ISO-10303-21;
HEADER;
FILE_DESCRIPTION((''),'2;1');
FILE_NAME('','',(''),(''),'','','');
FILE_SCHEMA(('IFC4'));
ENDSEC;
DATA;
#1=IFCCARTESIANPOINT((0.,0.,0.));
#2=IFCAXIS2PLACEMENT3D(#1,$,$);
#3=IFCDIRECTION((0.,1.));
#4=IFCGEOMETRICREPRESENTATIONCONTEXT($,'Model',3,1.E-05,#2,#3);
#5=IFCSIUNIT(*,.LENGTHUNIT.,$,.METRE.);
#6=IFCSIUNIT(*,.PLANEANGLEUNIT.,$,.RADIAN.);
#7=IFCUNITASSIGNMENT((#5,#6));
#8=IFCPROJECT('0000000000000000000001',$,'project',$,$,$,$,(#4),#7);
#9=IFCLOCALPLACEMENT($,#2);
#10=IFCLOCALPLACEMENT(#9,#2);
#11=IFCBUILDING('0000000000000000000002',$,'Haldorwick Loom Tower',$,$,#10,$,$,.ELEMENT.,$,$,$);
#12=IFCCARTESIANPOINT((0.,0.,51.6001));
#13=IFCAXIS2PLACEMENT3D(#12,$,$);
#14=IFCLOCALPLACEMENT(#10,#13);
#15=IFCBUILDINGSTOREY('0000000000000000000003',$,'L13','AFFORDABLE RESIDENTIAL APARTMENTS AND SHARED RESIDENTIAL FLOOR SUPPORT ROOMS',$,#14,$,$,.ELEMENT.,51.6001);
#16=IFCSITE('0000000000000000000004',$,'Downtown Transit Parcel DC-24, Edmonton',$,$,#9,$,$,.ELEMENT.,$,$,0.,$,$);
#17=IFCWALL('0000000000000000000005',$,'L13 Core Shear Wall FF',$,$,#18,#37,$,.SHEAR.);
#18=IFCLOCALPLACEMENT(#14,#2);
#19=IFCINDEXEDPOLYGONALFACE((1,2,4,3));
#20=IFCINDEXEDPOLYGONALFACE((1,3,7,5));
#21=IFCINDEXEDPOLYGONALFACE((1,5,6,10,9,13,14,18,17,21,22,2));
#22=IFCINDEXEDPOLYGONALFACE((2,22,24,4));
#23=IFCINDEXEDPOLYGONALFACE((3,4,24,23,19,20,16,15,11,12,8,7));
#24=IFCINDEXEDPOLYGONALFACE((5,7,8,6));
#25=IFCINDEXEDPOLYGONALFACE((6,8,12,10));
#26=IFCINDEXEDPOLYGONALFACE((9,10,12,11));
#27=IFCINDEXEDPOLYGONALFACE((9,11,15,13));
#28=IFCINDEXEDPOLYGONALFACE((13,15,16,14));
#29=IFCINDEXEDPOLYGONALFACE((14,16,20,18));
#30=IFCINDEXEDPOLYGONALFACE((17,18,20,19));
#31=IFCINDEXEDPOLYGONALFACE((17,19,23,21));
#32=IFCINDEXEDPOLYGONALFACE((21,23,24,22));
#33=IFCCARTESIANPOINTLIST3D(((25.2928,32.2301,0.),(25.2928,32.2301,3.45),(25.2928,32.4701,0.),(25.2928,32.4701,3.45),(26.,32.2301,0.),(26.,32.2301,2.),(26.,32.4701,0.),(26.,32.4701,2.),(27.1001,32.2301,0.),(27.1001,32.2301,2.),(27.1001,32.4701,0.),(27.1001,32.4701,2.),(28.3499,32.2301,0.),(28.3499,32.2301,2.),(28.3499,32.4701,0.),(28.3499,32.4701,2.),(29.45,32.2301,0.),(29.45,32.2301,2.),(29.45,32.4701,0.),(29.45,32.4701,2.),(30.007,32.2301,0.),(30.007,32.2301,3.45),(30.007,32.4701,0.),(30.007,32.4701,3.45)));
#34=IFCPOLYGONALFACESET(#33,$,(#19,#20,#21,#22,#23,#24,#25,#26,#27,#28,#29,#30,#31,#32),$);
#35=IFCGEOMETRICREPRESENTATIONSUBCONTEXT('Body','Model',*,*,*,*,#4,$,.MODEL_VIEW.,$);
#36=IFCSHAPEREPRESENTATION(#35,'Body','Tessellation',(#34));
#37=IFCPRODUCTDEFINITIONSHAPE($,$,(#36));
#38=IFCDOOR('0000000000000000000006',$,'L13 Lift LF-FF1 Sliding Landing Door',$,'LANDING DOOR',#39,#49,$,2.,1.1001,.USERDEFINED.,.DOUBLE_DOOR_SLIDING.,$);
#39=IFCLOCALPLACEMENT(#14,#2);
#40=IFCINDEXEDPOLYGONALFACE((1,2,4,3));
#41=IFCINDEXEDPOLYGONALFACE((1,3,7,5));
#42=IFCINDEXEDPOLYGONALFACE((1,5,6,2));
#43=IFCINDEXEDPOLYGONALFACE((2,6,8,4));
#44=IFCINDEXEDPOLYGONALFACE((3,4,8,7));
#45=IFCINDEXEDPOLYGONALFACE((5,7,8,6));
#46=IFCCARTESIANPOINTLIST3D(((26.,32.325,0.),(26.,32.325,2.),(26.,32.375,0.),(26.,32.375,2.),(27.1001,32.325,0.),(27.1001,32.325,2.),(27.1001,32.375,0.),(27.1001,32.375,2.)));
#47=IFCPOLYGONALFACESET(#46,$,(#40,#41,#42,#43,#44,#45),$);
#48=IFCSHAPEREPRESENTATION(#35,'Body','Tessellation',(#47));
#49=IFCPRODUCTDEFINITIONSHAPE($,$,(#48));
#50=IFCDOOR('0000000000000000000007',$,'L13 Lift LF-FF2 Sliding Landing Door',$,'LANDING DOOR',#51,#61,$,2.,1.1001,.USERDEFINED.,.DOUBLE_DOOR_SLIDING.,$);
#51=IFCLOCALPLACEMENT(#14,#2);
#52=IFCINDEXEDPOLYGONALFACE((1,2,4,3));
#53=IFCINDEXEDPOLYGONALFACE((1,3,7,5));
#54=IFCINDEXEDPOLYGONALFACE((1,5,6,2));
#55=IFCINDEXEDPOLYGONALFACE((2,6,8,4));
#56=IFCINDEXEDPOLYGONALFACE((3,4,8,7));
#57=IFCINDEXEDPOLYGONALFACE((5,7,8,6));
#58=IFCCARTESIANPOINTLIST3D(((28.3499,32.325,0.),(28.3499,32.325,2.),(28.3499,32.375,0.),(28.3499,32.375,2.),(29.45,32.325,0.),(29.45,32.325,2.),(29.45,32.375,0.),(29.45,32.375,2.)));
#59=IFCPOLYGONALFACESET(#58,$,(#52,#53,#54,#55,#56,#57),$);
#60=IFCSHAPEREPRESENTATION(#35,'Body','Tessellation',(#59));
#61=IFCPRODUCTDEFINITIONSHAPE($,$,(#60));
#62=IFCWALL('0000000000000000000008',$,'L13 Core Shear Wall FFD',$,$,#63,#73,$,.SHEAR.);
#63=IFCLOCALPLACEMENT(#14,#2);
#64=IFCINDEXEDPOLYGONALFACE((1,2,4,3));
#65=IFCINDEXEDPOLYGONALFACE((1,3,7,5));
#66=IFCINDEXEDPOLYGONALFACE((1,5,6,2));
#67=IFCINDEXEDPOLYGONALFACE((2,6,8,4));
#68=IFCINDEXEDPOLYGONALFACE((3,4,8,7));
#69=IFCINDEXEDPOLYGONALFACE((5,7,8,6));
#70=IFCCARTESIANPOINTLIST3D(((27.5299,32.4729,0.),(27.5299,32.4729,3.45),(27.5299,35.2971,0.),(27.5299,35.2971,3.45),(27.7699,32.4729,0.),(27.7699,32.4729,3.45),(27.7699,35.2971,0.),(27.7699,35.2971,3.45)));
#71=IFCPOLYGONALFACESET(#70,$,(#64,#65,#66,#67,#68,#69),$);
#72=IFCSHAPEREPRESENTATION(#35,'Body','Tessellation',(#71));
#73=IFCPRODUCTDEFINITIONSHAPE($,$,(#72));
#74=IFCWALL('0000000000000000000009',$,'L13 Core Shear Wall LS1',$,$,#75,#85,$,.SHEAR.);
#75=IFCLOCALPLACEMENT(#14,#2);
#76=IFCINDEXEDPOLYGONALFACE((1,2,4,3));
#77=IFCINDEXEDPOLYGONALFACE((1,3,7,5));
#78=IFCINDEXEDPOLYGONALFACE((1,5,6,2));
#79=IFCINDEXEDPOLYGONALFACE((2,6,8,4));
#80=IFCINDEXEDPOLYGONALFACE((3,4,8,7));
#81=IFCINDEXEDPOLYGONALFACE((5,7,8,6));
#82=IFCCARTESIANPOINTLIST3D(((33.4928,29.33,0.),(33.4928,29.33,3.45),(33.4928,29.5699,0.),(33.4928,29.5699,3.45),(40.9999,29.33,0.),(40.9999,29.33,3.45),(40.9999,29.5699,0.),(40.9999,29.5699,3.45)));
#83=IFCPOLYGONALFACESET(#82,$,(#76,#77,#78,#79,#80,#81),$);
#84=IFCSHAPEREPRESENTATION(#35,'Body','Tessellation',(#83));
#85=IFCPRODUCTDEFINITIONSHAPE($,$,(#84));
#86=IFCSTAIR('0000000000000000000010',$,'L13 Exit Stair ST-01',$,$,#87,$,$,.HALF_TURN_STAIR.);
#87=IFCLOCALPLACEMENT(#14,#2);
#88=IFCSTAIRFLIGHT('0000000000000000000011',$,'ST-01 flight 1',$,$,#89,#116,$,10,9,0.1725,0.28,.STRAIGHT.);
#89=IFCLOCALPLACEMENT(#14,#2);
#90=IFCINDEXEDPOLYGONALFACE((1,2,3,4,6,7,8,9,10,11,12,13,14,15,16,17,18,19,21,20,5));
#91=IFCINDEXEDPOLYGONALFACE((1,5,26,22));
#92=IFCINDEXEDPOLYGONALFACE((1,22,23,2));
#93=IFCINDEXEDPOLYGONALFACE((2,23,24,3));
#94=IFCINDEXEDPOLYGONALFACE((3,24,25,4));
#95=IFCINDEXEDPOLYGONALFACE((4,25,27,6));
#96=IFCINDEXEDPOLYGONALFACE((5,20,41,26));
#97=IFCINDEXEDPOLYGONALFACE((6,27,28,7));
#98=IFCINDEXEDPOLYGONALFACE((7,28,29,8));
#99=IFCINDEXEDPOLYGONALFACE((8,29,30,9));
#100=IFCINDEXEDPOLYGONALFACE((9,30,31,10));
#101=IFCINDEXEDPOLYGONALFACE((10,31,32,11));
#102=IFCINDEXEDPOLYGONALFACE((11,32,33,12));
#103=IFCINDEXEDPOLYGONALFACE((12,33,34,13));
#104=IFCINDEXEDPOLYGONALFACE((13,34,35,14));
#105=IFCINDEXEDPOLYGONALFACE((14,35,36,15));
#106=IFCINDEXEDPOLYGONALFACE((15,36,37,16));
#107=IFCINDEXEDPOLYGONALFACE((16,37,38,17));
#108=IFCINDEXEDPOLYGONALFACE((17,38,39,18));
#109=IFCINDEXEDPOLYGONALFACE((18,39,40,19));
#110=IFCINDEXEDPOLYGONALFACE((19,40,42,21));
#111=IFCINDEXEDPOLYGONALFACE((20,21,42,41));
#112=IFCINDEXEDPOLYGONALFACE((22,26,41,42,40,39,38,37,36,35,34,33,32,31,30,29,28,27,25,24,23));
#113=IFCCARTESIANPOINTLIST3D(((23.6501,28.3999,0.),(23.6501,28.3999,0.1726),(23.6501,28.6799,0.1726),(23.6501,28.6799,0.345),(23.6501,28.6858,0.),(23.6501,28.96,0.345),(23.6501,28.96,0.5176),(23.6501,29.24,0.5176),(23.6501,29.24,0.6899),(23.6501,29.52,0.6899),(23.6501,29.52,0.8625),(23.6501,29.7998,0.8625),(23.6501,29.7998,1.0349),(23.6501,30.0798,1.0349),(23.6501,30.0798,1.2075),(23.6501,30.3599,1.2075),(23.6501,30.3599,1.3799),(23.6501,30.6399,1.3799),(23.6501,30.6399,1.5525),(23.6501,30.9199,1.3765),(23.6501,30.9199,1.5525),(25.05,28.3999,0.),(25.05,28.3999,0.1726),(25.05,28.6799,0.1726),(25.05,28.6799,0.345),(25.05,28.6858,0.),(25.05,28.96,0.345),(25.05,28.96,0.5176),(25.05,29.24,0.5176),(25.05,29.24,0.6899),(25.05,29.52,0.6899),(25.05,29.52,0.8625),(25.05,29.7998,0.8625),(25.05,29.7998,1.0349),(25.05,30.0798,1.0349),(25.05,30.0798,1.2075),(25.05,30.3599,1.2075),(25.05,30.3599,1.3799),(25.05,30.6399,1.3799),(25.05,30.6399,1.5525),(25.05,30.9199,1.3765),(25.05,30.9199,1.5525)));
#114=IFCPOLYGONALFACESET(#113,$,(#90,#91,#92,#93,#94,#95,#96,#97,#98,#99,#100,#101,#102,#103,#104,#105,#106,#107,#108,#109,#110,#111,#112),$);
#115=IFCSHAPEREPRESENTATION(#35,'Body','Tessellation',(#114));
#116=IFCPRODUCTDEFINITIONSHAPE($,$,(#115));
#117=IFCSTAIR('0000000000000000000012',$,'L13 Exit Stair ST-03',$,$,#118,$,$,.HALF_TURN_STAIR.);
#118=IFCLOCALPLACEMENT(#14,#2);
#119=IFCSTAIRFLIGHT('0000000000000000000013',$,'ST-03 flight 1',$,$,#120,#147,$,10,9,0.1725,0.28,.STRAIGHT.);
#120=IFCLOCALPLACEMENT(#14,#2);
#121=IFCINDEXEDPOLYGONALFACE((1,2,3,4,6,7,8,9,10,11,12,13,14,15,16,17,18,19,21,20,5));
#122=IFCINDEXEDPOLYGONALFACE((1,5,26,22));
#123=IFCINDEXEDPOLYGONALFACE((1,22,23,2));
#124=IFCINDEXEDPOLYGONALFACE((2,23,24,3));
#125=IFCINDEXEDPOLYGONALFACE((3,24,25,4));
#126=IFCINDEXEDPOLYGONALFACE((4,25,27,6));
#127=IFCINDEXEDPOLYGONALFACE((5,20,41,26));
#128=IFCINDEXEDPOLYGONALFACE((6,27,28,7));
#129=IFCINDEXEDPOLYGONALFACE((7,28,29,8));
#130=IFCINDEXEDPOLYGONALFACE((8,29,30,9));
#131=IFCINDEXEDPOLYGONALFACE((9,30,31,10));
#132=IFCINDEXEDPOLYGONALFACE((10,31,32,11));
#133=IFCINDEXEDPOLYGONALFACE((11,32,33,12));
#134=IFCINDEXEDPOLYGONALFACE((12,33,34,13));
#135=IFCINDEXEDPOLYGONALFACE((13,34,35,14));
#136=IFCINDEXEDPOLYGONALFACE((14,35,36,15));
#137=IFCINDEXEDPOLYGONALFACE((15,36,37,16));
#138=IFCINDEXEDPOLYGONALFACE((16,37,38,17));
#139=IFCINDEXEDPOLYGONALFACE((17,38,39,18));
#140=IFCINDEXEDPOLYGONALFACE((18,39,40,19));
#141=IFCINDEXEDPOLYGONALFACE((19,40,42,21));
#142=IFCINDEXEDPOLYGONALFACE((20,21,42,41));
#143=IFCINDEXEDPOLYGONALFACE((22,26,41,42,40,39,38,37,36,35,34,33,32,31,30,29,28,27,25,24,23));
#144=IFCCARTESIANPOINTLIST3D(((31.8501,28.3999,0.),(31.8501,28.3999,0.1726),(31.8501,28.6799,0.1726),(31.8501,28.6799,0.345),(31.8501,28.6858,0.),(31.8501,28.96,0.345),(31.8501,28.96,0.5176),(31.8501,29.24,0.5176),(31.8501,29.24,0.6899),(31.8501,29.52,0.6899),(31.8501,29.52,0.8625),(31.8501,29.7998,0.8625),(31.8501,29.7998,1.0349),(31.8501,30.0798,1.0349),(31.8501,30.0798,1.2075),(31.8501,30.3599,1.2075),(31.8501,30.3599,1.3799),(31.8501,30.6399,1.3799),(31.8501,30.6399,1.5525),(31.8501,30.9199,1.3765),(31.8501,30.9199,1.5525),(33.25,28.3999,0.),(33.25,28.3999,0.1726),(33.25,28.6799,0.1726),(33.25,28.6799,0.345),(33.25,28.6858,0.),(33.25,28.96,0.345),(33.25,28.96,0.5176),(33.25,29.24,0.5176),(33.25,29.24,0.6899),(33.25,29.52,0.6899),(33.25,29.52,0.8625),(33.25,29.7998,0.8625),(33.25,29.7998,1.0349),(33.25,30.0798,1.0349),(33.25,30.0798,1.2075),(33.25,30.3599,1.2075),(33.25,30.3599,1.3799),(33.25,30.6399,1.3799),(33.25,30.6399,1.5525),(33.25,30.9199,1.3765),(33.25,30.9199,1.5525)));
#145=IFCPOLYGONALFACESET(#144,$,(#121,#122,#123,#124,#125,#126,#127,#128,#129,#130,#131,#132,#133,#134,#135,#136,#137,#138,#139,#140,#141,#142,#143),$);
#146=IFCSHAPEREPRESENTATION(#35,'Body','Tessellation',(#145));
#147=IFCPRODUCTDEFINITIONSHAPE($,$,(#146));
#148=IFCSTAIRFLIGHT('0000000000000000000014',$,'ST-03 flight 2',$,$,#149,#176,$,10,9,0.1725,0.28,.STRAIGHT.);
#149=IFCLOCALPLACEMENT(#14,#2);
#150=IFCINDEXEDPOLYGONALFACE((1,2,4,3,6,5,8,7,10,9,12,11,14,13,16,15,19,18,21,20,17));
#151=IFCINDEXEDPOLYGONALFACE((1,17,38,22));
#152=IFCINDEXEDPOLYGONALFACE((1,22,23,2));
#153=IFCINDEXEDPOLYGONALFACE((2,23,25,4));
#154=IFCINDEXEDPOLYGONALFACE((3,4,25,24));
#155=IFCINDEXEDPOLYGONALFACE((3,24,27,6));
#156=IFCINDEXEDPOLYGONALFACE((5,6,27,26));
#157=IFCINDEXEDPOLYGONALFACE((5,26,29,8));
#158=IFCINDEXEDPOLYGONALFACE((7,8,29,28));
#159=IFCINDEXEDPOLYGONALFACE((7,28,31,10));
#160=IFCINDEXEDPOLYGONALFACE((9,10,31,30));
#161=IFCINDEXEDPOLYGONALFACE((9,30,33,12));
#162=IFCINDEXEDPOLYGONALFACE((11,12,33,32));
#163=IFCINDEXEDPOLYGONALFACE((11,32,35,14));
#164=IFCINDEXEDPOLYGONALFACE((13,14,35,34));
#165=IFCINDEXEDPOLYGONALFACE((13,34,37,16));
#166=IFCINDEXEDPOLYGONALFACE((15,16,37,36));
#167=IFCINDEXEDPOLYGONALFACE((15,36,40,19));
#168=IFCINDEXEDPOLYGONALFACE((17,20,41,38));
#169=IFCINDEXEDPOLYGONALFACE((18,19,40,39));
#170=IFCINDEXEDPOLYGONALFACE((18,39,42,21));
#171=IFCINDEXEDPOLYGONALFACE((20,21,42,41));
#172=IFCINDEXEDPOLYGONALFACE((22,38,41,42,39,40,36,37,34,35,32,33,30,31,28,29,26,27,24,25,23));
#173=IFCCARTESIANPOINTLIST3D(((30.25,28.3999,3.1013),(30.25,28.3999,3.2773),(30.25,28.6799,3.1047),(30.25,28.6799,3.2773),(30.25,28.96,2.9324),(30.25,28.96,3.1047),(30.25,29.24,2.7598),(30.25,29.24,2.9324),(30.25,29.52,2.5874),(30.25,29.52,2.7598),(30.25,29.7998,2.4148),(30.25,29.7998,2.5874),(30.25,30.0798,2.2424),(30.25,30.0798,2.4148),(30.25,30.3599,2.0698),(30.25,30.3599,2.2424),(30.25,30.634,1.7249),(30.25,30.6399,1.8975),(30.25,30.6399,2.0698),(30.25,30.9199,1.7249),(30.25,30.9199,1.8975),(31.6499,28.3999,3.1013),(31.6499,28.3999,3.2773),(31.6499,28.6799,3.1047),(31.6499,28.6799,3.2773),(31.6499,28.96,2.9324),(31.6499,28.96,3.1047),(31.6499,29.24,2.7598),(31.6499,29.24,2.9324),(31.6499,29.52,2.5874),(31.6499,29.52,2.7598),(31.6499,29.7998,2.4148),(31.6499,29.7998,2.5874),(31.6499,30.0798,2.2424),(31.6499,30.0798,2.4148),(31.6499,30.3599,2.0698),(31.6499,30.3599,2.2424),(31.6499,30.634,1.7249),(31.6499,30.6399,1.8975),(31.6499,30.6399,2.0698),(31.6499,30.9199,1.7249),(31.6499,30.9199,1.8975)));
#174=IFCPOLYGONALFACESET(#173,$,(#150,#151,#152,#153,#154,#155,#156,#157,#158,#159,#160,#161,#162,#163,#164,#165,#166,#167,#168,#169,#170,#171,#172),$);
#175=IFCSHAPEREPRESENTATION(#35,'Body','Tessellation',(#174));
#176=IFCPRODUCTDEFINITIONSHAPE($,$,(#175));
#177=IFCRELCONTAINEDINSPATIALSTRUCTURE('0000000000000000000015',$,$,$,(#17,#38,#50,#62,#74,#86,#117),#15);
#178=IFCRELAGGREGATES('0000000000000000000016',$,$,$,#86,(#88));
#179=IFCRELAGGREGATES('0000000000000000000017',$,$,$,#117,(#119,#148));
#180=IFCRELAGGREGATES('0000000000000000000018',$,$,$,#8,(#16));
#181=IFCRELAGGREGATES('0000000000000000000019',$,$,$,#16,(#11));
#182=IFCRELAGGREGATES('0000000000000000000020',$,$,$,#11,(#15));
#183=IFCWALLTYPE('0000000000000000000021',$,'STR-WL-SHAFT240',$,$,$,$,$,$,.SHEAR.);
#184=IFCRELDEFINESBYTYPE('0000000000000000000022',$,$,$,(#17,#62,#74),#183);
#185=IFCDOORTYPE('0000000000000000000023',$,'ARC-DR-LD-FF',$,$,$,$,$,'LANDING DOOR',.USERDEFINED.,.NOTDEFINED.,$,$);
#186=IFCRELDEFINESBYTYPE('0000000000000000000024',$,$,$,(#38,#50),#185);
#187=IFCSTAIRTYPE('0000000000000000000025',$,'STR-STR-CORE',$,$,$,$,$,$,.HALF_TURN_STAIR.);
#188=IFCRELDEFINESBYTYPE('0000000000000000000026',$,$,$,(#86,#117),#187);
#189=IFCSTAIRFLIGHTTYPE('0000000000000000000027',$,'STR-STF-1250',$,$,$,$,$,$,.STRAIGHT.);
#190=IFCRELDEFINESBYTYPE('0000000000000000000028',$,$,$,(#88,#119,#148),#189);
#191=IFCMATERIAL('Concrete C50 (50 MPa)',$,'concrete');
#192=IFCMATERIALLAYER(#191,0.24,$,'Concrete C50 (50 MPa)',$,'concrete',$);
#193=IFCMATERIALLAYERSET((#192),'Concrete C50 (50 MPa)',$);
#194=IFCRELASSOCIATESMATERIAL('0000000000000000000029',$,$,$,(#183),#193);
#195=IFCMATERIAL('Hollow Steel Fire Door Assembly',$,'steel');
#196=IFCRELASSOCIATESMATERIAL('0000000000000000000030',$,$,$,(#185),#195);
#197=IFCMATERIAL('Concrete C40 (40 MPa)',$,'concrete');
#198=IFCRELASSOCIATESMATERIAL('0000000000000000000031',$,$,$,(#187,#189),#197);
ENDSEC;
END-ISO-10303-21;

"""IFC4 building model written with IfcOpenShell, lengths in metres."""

from ifc_helpers import new_model, si_unit, direction, frame, frame_2d, origin, place, context, subcontext, project, spatial, polyline, rectangle, outline, extrude, material, layer, layer_set, type_object, element, fill, aggregate, save


model = new_model("IFC4")

# Units and contexts
model_context = context("Model", 3, precision=1e-05, world=origin(), true_north=direction((0.0, 1.0)))
body_context = subcontext(model_context, "Body", "Model", "MODEL_VIEW")
ifc_project = project(units=[si_unit("LENGTHUNIT", "METRE"), si_unit("PLANEANGLEUNIT", "RADIAN")], contexts=[model_context])

# Site, building, storey
site_placement = place(None, origin())
site = spatial("IfcSite", under=ifc_project, at=site_placement, Name="Downtown Transit Parcel DC-24, Edmonton", CompositionType="ELEMENT", RefElevation=0.0)
building_placement = place(site_placement, origin())
building = spatial("IfcBuilding", under=site, at=building_placement, Name="Haldorwick Loom Tower", CompositionType="ELEMENT")
storey_placement = place(building_placement, frame((0.0, 0.0, 51.6001)))
storey = spatial("IfcBuildingStorey", under=building, at=storey_placement, Name="L13", Description="AFFORDABLE RESIDENTIAL APARTMENTS AND SHARED RESIDENTIAL FLOOR SUPPORT ROOMS", CompositionType="ELEMENT", Elevation=51.6001)

# Shared definitions
ifc_material_1 = material(Name="Concrete C50 (50 MPa)", Category="concrete")
ifc_layer = layer(ifc_material_1, 0.24, Name="Concrete C50 (50 MPa)", Category="concrete")
ifc_layer_set = layer_set([ifc_layer], Name="Concrete C50 (50 MPa)")
wall_type = type_object("IfcWallType", Name="STR-WL-SHAFT240", PredefinedType="SHEAR", material=ifc_layer_set)

# Wall, openings, doors
wall_1_placement = place(storey_placement, frame((25.293, 32.3501, 0.0), z_axis=(0.0, 0.0, 1.0), x_axis=(1.0, 0.0, 0.0)))
wall_1 = element("IfcWall", 1, at=wall_1_placement, inside=storey, type_object=wall_type, Name="L13 Core Shear Wall FF", PredefinedType="SHEAR", context=body_context, shape_type="SweptSolid", body=[
    extrude(rectangle(XDim=4.7141, YDim=0.24, at=frame_2d((2.3569, 0.0))), origin(), (0.0, 0.0, 1.0), 3.45),
])
opening_1_placement = place(wall_1_placement, frame((0.707, 0.0, 0.0)))
opening_1 = element("IfcOpeningElement", 2, at=opening_1_placement, cuts=wall_1, PredefinedType="OPENING", context=body_context, shape_type="SweptSolid", body=[
    extrude(rectangle(XDim=1.1001, YDim=2.0, at=frame_2d((0.55, 1.0))), frame((0.0, 0.1299, 0.0), z_axis=(0.0, -1.0, 0.0), x_axis=(1.0, 0.0, 0.0)), (0.0, 0.0, 1.0), 0.26),
])
opening_2_placement = place(wall_1_placement, frame((3.0569, 0.0, 0.0)))
opening_2 = element("IfcOpeningElement", 3, at=opening_2_placement, cuts=wall_1, PredefinedType="OPENING", context=body_context, shape_type="SweptSolid", body=[
    extrude(rectangle(XDim=1.1001, YDim=2.0, at=frame_2d((0.55, 1.0))), frame((0.0, 0.1299, 0.0), z_axis=(0.0, -1.0, 0.0), x_axis=(1.0, 0.0, 0.0)), (0.0, 0.0, 1.0), 0.26),
])
ifc_material_2 = material(Name="Hollow Steel Fire Door Assembly", Category="steel")
door_type = type_object("IfcDoorType", Name="ARC-DR-LD-FF", ElementType="LANDING DOOR", OperationType="NOTDEFINED", PredefinedType="USERDEFINED", material=ifc_material_2)
door_1_placement = place(opening_1_placement, origin())
door_1 = element("IfcDoor", 4, at=door_1_placement, inside=storey, type_object=door_type, Name="L13 Lift LF-FF1 Sliding Landing Door", ObjectType="LANDING DOOR", OperationType="DOUBLE_DOOR_SLIDING", OverallHeight=2.0, OverallWidth=1.1001, PredefinedType="USERDEFINED", context=body_context, shape_type="SweptSolid", body=[
    extrude(rectangle(XDim=1.1001, YDim=2.0, at=frame_2d((0.55, 1.0))), frame((0.0, 0.0249, 0.0), z_axis=(0.0, -1.0, 0.0), x_axis=(1.0, 0.0, 0.0)), (0.0, 0.0, 1.0), 0.05),
])
fill(opening_1, door_1)
door_2_placement = place(opening_2_placement, origin())
door_2 = element("IfcDoor", 5, at=door_2_placement, inside=storey, type_object=door_type, Name="L13 Lift LF-FF2 Sliding Landing Door", ObjectType="LANDING DOOR", OperationType="DOUBLE_DOOR_SLIDING", OverallHeight=2.0, OverallWidth=1.1001, PredefinedType="USERDEFINED", context=body_context, shape_type="SweptSolid", body=[
    extrude(rectangle(XDim=1.1001, YDim=2.0, at=frame_2d((0.55, 1.0))), frame((0.0, 0.0249, 0.0), z_axis=(0.0, -1.0, 0.0), x_axis=(1.0, 0.0, 0.0)), (0.0, 0.0, 1.0), 0.05),
])
fill(opening_2, door_2)

# Walls
wall_2_placement = place(storey_placement, frame((27.6499, 32.4729, 0.0), z_axis=(0.0, 0.0, 1.0), x_axis=(0.0, 1.0, 0.0)))
element("IfcWall", 6, at=wall_2_placement, inside=storey, type_object=wall_type, Name="L13 Core Shear Wall FFD", PredefinedType="SHEAR", context=body_context, shape_type="SweptSolid", body=[
    extrude(rectangle(XDim=2.8242, YDim=0.24, at=frame_2d((1.4121, 0.0))), origin(), (0.0, 0.0, 1.0), 3.45),
])
wall_3_placement = place(storey_placement, frame((33.4929, 29.45, 0.0), z_axis=(0.0, 0.0, 1.0), x_axis=(1.0, 0.0, 0.0)))
element("IfcWall", 7, at=wall_3_placement, inside=storey, type_object=wall_type, Name="L13 Core Shear Wall LS1", PredefinedType="SHEAR", context=body_context, shape_type="SweptSolid", body=[
    extrude(rectangle(XDim=7.5071, YDim=0.24, at=frame_2d((3.7534, 0.0))), origin(), (0.0, 0.0, 1.0), 3.45),
])

# Stair, stair flight
ifc_material_3 = material(Name="Concrete C40 (40 MPa)", Category="concrete")
stair_type = type_object("IfcStairType", Name="STR-STR-CORE", PredefinedType="HALF_TURN_STAIR", material=ifc_material_3)
stair_1_placement = place(storey_placement, origin())
stair_1 = element("IfcStair", 8, at=stair_1_placement, inside=storey, type_object=stair_type, Name="L13 Exit Stair ST-01", PredefinedType="HALF_TURN_STAIR")
stair_flight_type = type_object("IfcStairFlightType", Name="STR-STF-1250", PredefinedType="STRAIGHT", material=ifc_material_3)
stair_flight_1_placement = place(storey_placement, frame((24.3501, 28.3999, 0.0), z_axis=(0.0, 0.0, 1.0), x_axis=(0.0, 1.0, 0.0)))
stair_flight_1 = element("IfcStairFlight", 9, at=stair_flight_1_placement, type_object=stair_flight_type, Name="ST-01 flight 1", NumberOfRisers=10, NumberOfTreads=9, PredefinedType="STRAIGHT", RiserHeight=0.1725, TreadLength=0.28, context=body_context, shape_type="SweptSolid", body=[
    extrude(outline(polyline([(0.0, 0.0), (0.0, 0.1726), (0.28, 0.1726), (0.28, 0.345), (0.5601, 0.345), (0.5601, 0.5176), (0.8401, 0.5176), (0.8401, 0.6899), (1.1201, 0.6899), (1.1201, 0.8625), (1.3999, 0.8625), (1.3999, 1.0349), (1.6799, 1.0349), (1.6799, 1.2075), (1.96, 1.2075), (1.96, 1.3799), (2.24, 1.3799), (2.24, 1.5525), (2.52, 1.5525), (2.52, 1.7251), (2.52, 1.3765), (0.2859, 0.0), (0.0, 0.0)])), frame((0.0, 0.7, 0.0), z_axis=(0.0, -1.0, 0.0), x_axis=(1.0, 0.0, 0.0)), (0.0, 0.0, 1.0), 1.3999),
])
aggregate(stair_1, [stair_flight_1])

# Stair, stair flights
stair_2_placement = place(storey_placement, origin())
stair_2 = element("IfcStair", 10, at=stair_2_placement, inside=storey, type_object=stair_type, Name="L13 Exit Stair ST-03", PredefinedType="HALF_TURN_STAIR")
stair_flight_2_placement = place(storey_placement, frame((32.55, 28.3999, 0.0), z_axis=(0.0, 0.0, 1.0), x_axis=(0.0, 1.0, 0.0)))
stair_flight_2 = element("IfcStairFlight", 11, at=stair_flight_2_placement, type_object=stair_flight_type, Name="ST-03 flight 1", NumberOfRisers=10, NumberOfTreads=9, PredefinedType="STRAIGHT", RiserHeight=0.1725, TreadLength=0.28, context=body_context, shape_type="SweptSolid", body=[
    extrude(outline(polyline([(0.0, 0.0), (0.0, 0.1726), (0.28, 0.1726), (0.28, 0.345), (0.5601, 0.345), (0.5601, 0.5176), (0.8401, 0.5176), (0.8401, 0.6899), (1.1201, 0.6899), (1.1201, 0.8625), (1.3999, 0.8625), (1.3999, 1.0349), (1.6799, 1.0349), (1.6799, 1.2075), (1.96, 1.2075), (1.96, 1.3799), (2.24, 1.3799), (2.24, 1.5525), (2.52, 1.5525), (2.52, 1.7251), (2.52, 1.3765), (0.2859, 0.0), (0.0, 0.0)])), frame((0.0, 0.7, 0.0), z_axis=(0.0, -1.0, 0.0), x_axis=(1.0, 0.0, 0.0)), (0.0, 0.0, 1.0), 1.3999),
])
stair_flight_3_placement = place(storey_placement, frame((30.95, 30.9199, 1.7249), z_axis=(0.0, 0.0, 1.0), x_axis=(0.0, -1.0, 0.0)))
stair_flight_3 = element("IfcStairFlight", 12, at=stair_flight_3_placement, type_object=stair_flight_type, Name="ST-03 flight 2", NumberOfRisers=10, NumberOfTreads=9, PredefinedType="STRAIGHT", RiserHeight=0.1725, TreadLength=0.28, context=body_context, shape_type="SweptSolid", body=[
    extrude(outline(polyline([(0.0, 0.0), (0.0, 0.1726), (0.28, 0.1726), (0.28, 0.345), (0.5601, 0.345), (0.5601, 0.5176), (0.8401, 0.5176), (0.8401, 0.6899), (1.1201, 0.6899), (1.1201, 0.8625), (1.3999, 0.8625), (1.3999, 1.0349), (1.6799, 1.0349), (1.6799, 1.2075), (1.96, 1.2075), (1.96, 1.3799), (2.24, 1.3799), (2.24, 1.5525), (2.52, 1.5525), (2.52, 1.7251), (2.52, 1.3765), (0.2859, 0.0), (0.0, 0.0)])), frame((0.0, 0.7, 0.0), z_axis=(0.0, -1.0, 0.0), x_axis=(1.0, 0.0, 0.0)), (0.0, 0.0, 1.0), 1.3999),
])
aggregate(stair_2, [stair_flight_2, stair_flight_3])

save(model, "model.ifc")
